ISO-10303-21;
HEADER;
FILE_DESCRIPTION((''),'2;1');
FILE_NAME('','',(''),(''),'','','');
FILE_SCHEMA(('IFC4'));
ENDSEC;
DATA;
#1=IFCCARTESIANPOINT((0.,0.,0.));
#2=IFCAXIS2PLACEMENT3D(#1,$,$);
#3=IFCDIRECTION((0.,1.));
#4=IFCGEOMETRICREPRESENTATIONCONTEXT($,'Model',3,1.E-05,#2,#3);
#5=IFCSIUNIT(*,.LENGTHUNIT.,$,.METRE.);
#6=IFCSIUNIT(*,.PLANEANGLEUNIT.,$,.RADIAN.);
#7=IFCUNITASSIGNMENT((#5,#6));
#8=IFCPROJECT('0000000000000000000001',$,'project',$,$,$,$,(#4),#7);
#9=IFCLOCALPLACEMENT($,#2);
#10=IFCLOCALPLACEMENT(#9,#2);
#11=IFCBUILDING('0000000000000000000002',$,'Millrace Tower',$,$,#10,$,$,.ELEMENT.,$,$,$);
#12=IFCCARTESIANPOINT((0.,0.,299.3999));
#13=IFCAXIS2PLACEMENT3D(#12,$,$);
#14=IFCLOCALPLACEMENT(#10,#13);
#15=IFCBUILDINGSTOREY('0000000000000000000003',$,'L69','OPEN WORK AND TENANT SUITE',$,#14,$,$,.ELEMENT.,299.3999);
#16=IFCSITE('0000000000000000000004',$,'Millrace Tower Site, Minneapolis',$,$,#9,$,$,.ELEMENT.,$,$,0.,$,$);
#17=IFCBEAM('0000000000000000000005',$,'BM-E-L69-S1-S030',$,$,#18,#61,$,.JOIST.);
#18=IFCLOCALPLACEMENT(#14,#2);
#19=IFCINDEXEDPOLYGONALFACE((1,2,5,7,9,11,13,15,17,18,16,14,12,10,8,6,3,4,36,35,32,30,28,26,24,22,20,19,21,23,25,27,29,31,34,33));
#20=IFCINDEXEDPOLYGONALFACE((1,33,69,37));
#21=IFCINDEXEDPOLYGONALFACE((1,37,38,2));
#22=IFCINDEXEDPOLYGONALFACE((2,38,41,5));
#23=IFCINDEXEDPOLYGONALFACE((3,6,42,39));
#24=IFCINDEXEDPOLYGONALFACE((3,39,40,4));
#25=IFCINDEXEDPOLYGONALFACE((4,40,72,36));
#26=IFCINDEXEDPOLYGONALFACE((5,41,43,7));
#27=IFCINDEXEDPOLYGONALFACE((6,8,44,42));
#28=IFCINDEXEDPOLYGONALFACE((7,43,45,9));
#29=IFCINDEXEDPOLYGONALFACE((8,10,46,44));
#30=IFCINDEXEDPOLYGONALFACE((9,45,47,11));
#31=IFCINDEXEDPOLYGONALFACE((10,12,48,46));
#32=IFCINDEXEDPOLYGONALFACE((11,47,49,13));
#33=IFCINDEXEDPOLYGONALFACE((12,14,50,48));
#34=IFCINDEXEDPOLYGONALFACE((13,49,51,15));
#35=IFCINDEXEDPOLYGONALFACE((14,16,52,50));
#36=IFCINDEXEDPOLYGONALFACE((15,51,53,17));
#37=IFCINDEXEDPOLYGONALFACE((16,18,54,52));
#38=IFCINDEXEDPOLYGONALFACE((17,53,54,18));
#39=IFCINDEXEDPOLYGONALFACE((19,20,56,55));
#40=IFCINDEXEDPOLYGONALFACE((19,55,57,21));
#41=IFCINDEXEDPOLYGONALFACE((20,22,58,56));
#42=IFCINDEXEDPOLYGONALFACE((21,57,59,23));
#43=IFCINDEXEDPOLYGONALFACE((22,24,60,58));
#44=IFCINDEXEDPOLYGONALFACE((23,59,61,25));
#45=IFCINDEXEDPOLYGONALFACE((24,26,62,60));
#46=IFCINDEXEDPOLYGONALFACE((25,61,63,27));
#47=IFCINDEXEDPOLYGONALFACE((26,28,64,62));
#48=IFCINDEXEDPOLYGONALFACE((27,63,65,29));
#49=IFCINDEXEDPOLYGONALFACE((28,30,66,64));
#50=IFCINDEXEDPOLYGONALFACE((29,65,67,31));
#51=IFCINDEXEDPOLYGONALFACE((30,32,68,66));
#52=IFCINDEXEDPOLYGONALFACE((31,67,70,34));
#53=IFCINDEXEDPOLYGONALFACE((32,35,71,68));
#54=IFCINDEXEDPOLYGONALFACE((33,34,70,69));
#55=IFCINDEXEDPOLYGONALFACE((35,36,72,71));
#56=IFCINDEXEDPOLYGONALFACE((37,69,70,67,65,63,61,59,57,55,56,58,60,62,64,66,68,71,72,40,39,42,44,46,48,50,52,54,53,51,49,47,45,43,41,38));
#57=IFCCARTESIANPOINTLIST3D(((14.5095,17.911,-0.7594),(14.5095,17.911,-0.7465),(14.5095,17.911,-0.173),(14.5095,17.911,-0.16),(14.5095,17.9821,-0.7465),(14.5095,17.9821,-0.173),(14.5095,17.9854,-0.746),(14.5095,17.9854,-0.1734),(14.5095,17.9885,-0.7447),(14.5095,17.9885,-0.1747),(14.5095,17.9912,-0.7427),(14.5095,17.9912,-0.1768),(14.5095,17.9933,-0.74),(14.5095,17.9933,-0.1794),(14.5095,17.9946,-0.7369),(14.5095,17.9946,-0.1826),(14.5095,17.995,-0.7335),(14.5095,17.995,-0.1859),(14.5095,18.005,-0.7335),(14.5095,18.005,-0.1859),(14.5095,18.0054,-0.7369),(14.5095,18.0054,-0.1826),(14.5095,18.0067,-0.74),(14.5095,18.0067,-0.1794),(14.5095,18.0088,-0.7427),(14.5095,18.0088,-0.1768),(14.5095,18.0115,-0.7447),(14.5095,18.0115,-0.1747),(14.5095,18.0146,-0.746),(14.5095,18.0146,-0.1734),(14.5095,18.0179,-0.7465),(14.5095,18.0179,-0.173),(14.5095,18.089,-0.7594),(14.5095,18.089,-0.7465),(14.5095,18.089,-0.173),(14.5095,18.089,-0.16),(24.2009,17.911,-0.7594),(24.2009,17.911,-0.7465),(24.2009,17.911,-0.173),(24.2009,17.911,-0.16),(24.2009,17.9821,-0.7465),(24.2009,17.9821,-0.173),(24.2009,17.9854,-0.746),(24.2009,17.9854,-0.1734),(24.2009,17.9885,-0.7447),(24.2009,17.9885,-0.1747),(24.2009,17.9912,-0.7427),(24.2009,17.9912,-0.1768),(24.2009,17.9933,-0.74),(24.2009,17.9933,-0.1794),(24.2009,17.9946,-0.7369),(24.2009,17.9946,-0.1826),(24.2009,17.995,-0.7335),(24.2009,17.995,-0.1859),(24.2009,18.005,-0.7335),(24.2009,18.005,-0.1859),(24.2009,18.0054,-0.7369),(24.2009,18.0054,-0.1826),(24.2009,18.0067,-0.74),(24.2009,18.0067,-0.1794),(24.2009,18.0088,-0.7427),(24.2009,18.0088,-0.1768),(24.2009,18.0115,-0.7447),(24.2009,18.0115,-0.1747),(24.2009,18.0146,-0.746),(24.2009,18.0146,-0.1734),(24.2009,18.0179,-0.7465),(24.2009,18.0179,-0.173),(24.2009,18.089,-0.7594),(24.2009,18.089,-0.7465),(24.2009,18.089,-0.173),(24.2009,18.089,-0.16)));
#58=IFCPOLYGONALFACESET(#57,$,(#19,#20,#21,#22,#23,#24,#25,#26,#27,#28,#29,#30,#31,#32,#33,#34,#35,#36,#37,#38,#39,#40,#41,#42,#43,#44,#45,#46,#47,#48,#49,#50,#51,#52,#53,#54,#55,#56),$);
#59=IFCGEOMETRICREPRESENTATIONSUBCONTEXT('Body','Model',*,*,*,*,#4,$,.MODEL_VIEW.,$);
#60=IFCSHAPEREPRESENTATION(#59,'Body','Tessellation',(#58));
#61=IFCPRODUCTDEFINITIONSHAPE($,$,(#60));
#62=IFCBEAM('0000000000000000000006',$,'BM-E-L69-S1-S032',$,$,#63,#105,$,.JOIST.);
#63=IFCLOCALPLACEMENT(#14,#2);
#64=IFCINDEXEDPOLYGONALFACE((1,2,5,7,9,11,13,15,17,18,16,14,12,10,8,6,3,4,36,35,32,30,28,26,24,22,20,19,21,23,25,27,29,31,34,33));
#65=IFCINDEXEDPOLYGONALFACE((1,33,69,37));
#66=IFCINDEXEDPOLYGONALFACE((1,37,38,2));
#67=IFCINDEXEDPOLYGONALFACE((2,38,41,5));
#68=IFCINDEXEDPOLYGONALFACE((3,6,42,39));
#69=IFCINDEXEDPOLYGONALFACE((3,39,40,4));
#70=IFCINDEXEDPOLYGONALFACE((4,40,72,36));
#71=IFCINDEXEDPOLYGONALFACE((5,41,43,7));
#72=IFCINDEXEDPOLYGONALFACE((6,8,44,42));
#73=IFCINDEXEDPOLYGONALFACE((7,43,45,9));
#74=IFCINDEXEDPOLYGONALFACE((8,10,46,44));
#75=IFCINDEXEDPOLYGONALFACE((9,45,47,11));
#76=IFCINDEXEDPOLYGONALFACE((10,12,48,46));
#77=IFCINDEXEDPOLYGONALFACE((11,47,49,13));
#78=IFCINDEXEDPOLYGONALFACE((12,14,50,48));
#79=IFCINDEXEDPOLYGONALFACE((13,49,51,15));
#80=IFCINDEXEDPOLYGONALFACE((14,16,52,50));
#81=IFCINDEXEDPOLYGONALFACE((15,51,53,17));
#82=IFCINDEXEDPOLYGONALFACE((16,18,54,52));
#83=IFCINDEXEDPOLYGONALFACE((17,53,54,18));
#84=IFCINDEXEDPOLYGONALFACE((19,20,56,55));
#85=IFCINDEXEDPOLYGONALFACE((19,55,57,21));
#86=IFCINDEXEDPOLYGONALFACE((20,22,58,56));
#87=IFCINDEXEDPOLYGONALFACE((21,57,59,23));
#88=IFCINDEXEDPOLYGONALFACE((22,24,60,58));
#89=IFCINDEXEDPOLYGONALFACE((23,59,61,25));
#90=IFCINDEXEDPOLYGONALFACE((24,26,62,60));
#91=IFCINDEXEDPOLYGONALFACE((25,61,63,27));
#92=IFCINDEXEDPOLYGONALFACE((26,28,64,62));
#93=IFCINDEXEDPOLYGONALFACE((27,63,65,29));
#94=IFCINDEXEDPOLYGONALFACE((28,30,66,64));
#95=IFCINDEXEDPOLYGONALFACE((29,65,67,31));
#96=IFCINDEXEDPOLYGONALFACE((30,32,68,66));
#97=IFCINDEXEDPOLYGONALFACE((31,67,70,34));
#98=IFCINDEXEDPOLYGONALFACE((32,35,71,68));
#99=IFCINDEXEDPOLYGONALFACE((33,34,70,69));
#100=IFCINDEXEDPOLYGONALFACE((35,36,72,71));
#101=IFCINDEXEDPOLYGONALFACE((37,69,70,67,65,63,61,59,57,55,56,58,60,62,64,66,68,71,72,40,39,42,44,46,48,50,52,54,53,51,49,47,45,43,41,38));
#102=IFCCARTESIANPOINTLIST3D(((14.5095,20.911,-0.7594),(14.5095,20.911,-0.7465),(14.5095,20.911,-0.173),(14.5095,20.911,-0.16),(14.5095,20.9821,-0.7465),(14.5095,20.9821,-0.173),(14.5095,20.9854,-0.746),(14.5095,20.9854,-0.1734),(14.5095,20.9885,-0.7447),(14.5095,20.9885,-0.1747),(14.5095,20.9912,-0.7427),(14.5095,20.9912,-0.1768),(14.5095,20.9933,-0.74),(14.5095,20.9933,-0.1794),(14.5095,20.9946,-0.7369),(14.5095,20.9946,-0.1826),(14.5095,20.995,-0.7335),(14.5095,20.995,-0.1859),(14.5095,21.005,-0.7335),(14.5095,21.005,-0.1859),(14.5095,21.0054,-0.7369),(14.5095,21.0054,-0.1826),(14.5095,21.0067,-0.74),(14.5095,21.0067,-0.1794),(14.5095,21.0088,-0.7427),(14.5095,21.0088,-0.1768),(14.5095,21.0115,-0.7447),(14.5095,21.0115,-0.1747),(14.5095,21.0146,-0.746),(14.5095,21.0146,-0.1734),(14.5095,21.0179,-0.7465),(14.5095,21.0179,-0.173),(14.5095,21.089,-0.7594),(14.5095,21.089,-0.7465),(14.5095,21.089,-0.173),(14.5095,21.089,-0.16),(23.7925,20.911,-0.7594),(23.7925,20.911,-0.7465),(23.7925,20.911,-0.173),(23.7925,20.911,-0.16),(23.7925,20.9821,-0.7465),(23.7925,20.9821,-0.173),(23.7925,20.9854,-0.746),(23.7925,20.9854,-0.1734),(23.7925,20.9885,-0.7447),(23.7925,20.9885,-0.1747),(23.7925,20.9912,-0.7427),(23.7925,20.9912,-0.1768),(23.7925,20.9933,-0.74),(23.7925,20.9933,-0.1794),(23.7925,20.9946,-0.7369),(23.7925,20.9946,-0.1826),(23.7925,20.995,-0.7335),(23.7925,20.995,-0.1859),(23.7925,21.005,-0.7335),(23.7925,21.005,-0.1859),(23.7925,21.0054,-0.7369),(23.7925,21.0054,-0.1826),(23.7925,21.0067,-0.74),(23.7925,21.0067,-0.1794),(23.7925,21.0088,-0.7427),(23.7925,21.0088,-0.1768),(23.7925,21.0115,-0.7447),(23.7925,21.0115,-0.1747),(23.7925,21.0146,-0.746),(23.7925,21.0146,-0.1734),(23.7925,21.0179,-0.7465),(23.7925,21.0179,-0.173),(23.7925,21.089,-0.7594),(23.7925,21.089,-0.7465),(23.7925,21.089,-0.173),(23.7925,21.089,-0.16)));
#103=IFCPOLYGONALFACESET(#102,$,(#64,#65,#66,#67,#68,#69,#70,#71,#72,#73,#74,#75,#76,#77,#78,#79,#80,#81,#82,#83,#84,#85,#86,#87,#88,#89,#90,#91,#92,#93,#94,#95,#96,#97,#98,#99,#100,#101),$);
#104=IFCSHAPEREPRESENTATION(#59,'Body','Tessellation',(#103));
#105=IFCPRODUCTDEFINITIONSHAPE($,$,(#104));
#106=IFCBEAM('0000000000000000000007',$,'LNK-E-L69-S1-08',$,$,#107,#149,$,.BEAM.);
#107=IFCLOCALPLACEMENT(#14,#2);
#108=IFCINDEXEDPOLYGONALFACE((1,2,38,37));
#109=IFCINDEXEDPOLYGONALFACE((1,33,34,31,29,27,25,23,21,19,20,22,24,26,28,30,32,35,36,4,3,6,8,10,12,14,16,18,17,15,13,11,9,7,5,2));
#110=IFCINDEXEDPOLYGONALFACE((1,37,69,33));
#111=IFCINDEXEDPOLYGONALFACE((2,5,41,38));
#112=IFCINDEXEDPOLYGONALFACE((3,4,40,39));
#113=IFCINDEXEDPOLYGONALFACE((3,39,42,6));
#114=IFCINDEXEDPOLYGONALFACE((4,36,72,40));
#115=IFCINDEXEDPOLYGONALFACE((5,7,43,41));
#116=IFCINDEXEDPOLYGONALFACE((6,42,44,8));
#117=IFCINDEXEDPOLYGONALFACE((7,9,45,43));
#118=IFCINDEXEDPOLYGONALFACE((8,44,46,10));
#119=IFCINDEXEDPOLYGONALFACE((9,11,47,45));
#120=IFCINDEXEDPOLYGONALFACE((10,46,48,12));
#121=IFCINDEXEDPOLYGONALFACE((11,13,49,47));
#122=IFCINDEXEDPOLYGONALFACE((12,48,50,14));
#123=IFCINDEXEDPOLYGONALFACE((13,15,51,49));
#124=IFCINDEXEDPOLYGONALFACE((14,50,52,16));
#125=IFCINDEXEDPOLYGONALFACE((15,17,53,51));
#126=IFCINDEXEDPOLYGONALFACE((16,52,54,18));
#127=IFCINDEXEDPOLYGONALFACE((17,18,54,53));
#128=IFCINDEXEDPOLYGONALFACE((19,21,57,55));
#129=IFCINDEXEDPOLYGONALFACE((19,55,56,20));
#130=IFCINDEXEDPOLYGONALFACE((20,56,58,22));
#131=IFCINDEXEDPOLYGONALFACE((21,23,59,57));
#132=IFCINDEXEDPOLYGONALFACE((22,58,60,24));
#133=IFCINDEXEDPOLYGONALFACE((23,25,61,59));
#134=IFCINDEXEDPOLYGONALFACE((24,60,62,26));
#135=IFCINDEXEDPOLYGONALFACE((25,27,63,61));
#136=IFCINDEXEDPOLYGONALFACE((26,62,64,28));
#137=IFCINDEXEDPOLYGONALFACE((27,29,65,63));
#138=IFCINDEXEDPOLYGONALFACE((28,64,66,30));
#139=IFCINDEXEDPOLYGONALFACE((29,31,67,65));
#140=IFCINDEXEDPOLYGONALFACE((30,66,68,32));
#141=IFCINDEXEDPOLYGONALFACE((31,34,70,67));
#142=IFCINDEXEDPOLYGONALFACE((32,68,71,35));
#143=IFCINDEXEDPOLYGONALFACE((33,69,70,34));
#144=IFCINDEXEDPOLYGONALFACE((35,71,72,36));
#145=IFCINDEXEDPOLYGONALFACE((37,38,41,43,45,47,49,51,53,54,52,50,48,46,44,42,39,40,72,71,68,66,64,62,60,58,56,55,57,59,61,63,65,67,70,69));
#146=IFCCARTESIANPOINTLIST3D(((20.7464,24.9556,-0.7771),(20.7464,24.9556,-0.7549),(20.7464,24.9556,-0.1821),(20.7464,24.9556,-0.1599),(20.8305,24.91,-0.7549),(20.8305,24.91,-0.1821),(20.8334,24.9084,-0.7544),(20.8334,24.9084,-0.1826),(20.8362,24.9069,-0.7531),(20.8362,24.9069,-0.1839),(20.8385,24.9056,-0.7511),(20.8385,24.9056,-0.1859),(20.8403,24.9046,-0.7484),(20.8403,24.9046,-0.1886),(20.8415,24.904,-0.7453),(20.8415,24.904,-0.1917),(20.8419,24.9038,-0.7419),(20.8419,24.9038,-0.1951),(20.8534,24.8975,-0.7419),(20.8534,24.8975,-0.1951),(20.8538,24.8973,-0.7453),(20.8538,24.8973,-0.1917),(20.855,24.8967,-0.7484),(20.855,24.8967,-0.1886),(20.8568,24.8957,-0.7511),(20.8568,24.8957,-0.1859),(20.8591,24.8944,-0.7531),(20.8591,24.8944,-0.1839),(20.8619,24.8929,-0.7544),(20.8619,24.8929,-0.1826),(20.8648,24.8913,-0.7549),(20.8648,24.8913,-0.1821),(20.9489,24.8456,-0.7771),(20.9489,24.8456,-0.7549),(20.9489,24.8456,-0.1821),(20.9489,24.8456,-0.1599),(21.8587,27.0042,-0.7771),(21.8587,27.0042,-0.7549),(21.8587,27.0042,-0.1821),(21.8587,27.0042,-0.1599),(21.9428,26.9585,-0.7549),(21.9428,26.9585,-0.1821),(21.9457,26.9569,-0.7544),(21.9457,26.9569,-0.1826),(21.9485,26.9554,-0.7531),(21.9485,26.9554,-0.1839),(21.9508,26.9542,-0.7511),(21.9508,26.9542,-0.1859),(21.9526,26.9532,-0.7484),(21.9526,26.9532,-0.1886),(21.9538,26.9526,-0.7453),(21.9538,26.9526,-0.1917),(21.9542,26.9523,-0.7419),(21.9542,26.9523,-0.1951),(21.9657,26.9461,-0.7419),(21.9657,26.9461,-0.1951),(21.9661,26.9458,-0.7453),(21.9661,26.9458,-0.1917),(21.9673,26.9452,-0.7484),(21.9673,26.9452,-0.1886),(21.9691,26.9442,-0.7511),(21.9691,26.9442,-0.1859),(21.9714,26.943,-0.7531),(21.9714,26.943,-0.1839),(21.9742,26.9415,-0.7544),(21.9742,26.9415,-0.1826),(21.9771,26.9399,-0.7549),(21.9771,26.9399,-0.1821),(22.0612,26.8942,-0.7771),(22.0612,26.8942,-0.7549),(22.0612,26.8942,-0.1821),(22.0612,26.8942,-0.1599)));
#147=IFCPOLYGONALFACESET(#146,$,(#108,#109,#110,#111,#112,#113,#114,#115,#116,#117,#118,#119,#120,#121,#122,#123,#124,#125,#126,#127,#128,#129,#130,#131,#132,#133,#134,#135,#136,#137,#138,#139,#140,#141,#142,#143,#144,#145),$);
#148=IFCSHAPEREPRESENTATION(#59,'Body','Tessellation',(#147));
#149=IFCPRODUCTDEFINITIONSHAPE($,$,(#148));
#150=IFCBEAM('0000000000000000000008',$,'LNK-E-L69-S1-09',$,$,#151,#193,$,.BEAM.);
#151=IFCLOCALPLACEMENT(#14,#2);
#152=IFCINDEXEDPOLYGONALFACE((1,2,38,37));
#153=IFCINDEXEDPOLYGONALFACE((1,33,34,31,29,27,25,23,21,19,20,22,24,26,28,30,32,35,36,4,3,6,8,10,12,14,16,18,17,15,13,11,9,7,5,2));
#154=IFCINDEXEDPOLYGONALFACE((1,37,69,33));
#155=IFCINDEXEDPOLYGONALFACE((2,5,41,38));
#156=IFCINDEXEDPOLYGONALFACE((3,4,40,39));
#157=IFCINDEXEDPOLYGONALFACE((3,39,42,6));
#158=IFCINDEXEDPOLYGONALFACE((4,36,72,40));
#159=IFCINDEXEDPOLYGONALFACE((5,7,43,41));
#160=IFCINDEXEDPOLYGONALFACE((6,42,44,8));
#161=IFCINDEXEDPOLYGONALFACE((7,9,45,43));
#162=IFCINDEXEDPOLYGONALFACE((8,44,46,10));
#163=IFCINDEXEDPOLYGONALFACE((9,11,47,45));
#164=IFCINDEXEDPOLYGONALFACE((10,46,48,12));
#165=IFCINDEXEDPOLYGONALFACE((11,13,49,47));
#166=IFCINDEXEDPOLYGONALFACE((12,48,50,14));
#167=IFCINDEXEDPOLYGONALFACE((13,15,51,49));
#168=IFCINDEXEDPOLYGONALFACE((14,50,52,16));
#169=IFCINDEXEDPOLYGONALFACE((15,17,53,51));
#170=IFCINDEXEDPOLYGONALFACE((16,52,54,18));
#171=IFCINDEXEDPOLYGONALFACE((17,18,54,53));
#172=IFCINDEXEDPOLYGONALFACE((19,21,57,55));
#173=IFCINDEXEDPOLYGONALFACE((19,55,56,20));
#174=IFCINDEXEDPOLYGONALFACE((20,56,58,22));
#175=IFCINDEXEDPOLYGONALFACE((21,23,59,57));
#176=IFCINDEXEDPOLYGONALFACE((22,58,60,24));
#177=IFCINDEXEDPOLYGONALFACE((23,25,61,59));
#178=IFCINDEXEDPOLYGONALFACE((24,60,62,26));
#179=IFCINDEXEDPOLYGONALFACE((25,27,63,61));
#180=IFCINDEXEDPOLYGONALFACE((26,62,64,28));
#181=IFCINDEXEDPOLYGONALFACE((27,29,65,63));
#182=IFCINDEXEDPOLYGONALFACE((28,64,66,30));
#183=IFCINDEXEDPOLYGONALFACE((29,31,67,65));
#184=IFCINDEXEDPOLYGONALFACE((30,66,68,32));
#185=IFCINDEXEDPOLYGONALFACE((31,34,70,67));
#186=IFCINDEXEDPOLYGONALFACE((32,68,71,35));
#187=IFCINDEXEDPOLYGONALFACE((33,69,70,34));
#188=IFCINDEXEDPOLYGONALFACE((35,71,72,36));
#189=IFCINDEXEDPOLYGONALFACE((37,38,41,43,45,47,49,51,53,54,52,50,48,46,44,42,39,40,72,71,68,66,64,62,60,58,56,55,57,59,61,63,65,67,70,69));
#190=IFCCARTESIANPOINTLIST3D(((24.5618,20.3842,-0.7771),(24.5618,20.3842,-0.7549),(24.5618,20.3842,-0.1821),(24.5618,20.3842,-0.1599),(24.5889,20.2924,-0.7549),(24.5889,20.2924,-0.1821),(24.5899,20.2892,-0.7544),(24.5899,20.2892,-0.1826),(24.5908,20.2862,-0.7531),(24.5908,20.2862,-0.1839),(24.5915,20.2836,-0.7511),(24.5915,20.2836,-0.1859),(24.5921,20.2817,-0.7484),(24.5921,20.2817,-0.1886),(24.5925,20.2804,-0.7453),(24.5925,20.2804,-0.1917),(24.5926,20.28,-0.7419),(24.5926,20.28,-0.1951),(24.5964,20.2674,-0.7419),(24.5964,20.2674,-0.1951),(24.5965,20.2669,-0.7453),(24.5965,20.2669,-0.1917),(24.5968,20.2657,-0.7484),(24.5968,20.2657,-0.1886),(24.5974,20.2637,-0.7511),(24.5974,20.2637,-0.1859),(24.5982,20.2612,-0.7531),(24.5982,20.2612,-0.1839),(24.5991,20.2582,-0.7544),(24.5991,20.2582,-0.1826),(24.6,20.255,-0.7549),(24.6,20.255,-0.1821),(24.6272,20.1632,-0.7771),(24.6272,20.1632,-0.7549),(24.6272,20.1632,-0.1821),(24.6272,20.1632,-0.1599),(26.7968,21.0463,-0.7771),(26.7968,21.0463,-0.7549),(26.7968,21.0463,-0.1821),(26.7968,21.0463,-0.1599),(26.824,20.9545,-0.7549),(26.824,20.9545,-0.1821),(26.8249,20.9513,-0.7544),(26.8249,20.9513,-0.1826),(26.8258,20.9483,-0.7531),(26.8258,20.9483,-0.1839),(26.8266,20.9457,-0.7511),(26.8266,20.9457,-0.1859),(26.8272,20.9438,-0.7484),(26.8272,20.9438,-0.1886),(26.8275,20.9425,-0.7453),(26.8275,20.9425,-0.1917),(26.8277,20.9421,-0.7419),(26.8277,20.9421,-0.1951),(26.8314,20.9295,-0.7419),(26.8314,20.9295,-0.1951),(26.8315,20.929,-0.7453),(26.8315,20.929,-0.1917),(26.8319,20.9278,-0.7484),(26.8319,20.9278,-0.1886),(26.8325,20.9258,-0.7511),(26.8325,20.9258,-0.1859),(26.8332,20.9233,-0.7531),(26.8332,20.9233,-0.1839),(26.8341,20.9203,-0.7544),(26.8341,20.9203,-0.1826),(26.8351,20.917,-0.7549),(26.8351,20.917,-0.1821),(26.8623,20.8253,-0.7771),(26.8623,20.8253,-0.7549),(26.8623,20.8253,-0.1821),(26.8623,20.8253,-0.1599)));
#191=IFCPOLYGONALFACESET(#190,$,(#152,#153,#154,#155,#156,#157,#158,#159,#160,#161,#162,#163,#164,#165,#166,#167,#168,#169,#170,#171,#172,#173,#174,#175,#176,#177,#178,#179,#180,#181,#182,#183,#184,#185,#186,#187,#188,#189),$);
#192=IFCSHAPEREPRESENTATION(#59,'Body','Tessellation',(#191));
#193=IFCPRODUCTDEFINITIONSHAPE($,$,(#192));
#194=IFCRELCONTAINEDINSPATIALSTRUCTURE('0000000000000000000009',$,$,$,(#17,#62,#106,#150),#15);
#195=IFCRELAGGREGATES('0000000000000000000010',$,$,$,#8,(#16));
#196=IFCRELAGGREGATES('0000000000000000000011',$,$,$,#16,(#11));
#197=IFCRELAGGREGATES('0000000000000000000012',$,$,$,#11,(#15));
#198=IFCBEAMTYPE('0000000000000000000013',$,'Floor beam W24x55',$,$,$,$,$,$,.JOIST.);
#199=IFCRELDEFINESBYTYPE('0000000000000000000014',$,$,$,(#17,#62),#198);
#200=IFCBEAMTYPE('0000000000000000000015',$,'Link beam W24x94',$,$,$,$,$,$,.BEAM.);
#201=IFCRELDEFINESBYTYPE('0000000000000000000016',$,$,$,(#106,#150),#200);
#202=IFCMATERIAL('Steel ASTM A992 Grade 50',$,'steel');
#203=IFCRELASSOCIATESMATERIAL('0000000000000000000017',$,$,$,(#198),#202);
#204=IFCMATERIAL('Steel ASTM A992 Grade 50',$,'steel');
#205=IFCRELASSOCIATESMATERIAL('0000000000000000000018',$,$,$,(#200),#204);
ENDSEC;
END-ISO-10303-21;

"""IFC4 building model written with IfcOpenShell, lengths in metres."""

from ifc_helpers import new_model, si_unit, direction, frame, origin, origin_2d, place, context, subcontext, project, spatial, i_section, extrude, material, material_profile, profile_set, type_object, element, save


model = new_model("IFC4")

# Units and contexts
model_context = context("Model", 3, precision=1e-05, world=origin(), true_north=direction((0.0, 1.0)))
body_context = subcontext(model_context, "Body", "Model", "MODEL_VIEW")
ifc_project = project(units=[si_unit("LENGTHUNIT", "METRE"), si_unit("PLANEANGLEUNIT", "RADIAN")], contexts=[model_context])

# Site, building, storey
site_placement = place(None, origin())
site = spatial("IfcSite", under=ifc_project, at=site_placement, Name="Millrace Tower Site, Minneapolis", CompositionType="ELEMENT", RefElevation=0.0)
building_placement = place(site_placement, origin())
building = spatial("IfcBuilding", under=site, at=building_placement, Name="Millrace Tower", CompositionType="ELEMENT")
storey_placement = place(building_placement, frame((0.0, 0.0, 299.3999)))
storey = spatial("IfcBuildingStorey", under=building, at=storey_placement, Name="L69", Description="OPEN WORK AND TENANT SUITE", CompositionType="ELEMENT", Elevation=299.3999)

# Beams
ifc_material_1 = material(Name="Steel ASTM A992 Grade 50", Category="steel")
ifc_material_profile_1 = material_profile(ifc_material_1, i_section(OverallWidth=0.178, OverallDepth=0.5994, WebThickness=0.01, FlangeThickness=0.0129, FilletRadius=0.0129, at=origin_2d()))
ifc_profile_set_1 = profile_set([ifc_material_profile_1], Name="Steel ASTM A992 Grade 50")
beam_type_1 = type_object("IfcBeamType", Name="Floor beam W24x55", PredefinedType="JOIST", material=ifc_profile_set_1)
beam_1_placement = place(storey_placement, frame((14.5095, 18.0, -0.4597), z_axis=(1.0, 0.0, 0.0), x_axis=(0.0, 1.0, 0.0)))
element("IfcBeam", 1, at=beam_1_placement, inside=storey, type_object=beam_type_1, Name="BM-E-L69-S1-S030", PredefinedType="JOIST", context=body_context, shape_type="SweptSolid", body=[
    extrude(i_section(OverallWidth=0.178, OverallDepth=0.5994, WebThickness=0.01, FlangeThickness=0.0129, FilletRadius=0.0129, at=origin_2d()), origin(), (0.0, 0.0, 1.0), 9.6914),
])
beam_2_placement = place(storey_placement, frame((14.5095, 21.0, -0.4597), z_axis=(1.0, 0.0, 0.0), x_axis=(0.0, 1.0, 0.0)))
element("IfcBeam", 2, at=beam_2_placement, inside=storey, type_object=beam_type_1, Name="BM-E-L69-S1-S032", PredefinedType="JOIST", context=body_context, shape_type="SweptSolid", body=[
    extrude(i_section(OverallWidth=0.178, OverallDepth=0.5994, WebThickness=0.01, FlangeThickness=0.0129, FilletRadius=0.0129, at=origin_2d()), origin(), (0.0, 0.0, 1.0), 9.283),
])
ifc_material_2 = material(Name="Steel ASTM A992 Grade 50", Category="steel")
ifc_material_profile_2 = material_profile(ifc_material_2, i_section(OverallWidth=0.2305, OverallDepth=0.6172, WebThickness=0.0132, FlangeThickness=0.0222, FilletRadius=0.0129, at=origin_2d()))
ifc_profile_set_2 = profile_set([ifc_material_profile_2], Name="Steel ASTM A992 Grade 50")
beam_type_2 = type_object("IfcBeamType", Name="Link beam W24x94", PredefinedType="BEAM", material=ifc_profile_set_2)
for number, where, z_axis, x_axis, name in (
    (3, (20.8477, 24.9006, -0.4685), (0.477164, 0.878815, 0.0), (-0.878815, 0.477164, 0.0), "LNK-E-L69-S1-08"),
    (4, (24.5945, 20.2737, -0.4685), (0.958815, 0.284031, 0.0), (-0.284031, 0.958815, 0.0), "LNK-E-L69-S1-09"),
):
    element("IfcBeam", number, at=place(storey_placement, frame(where, z_axis=z_axis, x_axis=x_axis)), inside=storey, type_object=beam_type_2, Name=name, PredefinedType="BEAM", context=body_context, shape_type="SweptSolid", body=[
        extrude(i_section(OverallWidth=0.2305, OverallDepth=0.6172, WebThickness=0.0132, FlangeThickness=0.0222, FilletRadius=0.0129, at=origin_2d()), origin(), (0.0, 0.0, 1.0), 2.3311),
    ])

save(model, "model.ifc")
